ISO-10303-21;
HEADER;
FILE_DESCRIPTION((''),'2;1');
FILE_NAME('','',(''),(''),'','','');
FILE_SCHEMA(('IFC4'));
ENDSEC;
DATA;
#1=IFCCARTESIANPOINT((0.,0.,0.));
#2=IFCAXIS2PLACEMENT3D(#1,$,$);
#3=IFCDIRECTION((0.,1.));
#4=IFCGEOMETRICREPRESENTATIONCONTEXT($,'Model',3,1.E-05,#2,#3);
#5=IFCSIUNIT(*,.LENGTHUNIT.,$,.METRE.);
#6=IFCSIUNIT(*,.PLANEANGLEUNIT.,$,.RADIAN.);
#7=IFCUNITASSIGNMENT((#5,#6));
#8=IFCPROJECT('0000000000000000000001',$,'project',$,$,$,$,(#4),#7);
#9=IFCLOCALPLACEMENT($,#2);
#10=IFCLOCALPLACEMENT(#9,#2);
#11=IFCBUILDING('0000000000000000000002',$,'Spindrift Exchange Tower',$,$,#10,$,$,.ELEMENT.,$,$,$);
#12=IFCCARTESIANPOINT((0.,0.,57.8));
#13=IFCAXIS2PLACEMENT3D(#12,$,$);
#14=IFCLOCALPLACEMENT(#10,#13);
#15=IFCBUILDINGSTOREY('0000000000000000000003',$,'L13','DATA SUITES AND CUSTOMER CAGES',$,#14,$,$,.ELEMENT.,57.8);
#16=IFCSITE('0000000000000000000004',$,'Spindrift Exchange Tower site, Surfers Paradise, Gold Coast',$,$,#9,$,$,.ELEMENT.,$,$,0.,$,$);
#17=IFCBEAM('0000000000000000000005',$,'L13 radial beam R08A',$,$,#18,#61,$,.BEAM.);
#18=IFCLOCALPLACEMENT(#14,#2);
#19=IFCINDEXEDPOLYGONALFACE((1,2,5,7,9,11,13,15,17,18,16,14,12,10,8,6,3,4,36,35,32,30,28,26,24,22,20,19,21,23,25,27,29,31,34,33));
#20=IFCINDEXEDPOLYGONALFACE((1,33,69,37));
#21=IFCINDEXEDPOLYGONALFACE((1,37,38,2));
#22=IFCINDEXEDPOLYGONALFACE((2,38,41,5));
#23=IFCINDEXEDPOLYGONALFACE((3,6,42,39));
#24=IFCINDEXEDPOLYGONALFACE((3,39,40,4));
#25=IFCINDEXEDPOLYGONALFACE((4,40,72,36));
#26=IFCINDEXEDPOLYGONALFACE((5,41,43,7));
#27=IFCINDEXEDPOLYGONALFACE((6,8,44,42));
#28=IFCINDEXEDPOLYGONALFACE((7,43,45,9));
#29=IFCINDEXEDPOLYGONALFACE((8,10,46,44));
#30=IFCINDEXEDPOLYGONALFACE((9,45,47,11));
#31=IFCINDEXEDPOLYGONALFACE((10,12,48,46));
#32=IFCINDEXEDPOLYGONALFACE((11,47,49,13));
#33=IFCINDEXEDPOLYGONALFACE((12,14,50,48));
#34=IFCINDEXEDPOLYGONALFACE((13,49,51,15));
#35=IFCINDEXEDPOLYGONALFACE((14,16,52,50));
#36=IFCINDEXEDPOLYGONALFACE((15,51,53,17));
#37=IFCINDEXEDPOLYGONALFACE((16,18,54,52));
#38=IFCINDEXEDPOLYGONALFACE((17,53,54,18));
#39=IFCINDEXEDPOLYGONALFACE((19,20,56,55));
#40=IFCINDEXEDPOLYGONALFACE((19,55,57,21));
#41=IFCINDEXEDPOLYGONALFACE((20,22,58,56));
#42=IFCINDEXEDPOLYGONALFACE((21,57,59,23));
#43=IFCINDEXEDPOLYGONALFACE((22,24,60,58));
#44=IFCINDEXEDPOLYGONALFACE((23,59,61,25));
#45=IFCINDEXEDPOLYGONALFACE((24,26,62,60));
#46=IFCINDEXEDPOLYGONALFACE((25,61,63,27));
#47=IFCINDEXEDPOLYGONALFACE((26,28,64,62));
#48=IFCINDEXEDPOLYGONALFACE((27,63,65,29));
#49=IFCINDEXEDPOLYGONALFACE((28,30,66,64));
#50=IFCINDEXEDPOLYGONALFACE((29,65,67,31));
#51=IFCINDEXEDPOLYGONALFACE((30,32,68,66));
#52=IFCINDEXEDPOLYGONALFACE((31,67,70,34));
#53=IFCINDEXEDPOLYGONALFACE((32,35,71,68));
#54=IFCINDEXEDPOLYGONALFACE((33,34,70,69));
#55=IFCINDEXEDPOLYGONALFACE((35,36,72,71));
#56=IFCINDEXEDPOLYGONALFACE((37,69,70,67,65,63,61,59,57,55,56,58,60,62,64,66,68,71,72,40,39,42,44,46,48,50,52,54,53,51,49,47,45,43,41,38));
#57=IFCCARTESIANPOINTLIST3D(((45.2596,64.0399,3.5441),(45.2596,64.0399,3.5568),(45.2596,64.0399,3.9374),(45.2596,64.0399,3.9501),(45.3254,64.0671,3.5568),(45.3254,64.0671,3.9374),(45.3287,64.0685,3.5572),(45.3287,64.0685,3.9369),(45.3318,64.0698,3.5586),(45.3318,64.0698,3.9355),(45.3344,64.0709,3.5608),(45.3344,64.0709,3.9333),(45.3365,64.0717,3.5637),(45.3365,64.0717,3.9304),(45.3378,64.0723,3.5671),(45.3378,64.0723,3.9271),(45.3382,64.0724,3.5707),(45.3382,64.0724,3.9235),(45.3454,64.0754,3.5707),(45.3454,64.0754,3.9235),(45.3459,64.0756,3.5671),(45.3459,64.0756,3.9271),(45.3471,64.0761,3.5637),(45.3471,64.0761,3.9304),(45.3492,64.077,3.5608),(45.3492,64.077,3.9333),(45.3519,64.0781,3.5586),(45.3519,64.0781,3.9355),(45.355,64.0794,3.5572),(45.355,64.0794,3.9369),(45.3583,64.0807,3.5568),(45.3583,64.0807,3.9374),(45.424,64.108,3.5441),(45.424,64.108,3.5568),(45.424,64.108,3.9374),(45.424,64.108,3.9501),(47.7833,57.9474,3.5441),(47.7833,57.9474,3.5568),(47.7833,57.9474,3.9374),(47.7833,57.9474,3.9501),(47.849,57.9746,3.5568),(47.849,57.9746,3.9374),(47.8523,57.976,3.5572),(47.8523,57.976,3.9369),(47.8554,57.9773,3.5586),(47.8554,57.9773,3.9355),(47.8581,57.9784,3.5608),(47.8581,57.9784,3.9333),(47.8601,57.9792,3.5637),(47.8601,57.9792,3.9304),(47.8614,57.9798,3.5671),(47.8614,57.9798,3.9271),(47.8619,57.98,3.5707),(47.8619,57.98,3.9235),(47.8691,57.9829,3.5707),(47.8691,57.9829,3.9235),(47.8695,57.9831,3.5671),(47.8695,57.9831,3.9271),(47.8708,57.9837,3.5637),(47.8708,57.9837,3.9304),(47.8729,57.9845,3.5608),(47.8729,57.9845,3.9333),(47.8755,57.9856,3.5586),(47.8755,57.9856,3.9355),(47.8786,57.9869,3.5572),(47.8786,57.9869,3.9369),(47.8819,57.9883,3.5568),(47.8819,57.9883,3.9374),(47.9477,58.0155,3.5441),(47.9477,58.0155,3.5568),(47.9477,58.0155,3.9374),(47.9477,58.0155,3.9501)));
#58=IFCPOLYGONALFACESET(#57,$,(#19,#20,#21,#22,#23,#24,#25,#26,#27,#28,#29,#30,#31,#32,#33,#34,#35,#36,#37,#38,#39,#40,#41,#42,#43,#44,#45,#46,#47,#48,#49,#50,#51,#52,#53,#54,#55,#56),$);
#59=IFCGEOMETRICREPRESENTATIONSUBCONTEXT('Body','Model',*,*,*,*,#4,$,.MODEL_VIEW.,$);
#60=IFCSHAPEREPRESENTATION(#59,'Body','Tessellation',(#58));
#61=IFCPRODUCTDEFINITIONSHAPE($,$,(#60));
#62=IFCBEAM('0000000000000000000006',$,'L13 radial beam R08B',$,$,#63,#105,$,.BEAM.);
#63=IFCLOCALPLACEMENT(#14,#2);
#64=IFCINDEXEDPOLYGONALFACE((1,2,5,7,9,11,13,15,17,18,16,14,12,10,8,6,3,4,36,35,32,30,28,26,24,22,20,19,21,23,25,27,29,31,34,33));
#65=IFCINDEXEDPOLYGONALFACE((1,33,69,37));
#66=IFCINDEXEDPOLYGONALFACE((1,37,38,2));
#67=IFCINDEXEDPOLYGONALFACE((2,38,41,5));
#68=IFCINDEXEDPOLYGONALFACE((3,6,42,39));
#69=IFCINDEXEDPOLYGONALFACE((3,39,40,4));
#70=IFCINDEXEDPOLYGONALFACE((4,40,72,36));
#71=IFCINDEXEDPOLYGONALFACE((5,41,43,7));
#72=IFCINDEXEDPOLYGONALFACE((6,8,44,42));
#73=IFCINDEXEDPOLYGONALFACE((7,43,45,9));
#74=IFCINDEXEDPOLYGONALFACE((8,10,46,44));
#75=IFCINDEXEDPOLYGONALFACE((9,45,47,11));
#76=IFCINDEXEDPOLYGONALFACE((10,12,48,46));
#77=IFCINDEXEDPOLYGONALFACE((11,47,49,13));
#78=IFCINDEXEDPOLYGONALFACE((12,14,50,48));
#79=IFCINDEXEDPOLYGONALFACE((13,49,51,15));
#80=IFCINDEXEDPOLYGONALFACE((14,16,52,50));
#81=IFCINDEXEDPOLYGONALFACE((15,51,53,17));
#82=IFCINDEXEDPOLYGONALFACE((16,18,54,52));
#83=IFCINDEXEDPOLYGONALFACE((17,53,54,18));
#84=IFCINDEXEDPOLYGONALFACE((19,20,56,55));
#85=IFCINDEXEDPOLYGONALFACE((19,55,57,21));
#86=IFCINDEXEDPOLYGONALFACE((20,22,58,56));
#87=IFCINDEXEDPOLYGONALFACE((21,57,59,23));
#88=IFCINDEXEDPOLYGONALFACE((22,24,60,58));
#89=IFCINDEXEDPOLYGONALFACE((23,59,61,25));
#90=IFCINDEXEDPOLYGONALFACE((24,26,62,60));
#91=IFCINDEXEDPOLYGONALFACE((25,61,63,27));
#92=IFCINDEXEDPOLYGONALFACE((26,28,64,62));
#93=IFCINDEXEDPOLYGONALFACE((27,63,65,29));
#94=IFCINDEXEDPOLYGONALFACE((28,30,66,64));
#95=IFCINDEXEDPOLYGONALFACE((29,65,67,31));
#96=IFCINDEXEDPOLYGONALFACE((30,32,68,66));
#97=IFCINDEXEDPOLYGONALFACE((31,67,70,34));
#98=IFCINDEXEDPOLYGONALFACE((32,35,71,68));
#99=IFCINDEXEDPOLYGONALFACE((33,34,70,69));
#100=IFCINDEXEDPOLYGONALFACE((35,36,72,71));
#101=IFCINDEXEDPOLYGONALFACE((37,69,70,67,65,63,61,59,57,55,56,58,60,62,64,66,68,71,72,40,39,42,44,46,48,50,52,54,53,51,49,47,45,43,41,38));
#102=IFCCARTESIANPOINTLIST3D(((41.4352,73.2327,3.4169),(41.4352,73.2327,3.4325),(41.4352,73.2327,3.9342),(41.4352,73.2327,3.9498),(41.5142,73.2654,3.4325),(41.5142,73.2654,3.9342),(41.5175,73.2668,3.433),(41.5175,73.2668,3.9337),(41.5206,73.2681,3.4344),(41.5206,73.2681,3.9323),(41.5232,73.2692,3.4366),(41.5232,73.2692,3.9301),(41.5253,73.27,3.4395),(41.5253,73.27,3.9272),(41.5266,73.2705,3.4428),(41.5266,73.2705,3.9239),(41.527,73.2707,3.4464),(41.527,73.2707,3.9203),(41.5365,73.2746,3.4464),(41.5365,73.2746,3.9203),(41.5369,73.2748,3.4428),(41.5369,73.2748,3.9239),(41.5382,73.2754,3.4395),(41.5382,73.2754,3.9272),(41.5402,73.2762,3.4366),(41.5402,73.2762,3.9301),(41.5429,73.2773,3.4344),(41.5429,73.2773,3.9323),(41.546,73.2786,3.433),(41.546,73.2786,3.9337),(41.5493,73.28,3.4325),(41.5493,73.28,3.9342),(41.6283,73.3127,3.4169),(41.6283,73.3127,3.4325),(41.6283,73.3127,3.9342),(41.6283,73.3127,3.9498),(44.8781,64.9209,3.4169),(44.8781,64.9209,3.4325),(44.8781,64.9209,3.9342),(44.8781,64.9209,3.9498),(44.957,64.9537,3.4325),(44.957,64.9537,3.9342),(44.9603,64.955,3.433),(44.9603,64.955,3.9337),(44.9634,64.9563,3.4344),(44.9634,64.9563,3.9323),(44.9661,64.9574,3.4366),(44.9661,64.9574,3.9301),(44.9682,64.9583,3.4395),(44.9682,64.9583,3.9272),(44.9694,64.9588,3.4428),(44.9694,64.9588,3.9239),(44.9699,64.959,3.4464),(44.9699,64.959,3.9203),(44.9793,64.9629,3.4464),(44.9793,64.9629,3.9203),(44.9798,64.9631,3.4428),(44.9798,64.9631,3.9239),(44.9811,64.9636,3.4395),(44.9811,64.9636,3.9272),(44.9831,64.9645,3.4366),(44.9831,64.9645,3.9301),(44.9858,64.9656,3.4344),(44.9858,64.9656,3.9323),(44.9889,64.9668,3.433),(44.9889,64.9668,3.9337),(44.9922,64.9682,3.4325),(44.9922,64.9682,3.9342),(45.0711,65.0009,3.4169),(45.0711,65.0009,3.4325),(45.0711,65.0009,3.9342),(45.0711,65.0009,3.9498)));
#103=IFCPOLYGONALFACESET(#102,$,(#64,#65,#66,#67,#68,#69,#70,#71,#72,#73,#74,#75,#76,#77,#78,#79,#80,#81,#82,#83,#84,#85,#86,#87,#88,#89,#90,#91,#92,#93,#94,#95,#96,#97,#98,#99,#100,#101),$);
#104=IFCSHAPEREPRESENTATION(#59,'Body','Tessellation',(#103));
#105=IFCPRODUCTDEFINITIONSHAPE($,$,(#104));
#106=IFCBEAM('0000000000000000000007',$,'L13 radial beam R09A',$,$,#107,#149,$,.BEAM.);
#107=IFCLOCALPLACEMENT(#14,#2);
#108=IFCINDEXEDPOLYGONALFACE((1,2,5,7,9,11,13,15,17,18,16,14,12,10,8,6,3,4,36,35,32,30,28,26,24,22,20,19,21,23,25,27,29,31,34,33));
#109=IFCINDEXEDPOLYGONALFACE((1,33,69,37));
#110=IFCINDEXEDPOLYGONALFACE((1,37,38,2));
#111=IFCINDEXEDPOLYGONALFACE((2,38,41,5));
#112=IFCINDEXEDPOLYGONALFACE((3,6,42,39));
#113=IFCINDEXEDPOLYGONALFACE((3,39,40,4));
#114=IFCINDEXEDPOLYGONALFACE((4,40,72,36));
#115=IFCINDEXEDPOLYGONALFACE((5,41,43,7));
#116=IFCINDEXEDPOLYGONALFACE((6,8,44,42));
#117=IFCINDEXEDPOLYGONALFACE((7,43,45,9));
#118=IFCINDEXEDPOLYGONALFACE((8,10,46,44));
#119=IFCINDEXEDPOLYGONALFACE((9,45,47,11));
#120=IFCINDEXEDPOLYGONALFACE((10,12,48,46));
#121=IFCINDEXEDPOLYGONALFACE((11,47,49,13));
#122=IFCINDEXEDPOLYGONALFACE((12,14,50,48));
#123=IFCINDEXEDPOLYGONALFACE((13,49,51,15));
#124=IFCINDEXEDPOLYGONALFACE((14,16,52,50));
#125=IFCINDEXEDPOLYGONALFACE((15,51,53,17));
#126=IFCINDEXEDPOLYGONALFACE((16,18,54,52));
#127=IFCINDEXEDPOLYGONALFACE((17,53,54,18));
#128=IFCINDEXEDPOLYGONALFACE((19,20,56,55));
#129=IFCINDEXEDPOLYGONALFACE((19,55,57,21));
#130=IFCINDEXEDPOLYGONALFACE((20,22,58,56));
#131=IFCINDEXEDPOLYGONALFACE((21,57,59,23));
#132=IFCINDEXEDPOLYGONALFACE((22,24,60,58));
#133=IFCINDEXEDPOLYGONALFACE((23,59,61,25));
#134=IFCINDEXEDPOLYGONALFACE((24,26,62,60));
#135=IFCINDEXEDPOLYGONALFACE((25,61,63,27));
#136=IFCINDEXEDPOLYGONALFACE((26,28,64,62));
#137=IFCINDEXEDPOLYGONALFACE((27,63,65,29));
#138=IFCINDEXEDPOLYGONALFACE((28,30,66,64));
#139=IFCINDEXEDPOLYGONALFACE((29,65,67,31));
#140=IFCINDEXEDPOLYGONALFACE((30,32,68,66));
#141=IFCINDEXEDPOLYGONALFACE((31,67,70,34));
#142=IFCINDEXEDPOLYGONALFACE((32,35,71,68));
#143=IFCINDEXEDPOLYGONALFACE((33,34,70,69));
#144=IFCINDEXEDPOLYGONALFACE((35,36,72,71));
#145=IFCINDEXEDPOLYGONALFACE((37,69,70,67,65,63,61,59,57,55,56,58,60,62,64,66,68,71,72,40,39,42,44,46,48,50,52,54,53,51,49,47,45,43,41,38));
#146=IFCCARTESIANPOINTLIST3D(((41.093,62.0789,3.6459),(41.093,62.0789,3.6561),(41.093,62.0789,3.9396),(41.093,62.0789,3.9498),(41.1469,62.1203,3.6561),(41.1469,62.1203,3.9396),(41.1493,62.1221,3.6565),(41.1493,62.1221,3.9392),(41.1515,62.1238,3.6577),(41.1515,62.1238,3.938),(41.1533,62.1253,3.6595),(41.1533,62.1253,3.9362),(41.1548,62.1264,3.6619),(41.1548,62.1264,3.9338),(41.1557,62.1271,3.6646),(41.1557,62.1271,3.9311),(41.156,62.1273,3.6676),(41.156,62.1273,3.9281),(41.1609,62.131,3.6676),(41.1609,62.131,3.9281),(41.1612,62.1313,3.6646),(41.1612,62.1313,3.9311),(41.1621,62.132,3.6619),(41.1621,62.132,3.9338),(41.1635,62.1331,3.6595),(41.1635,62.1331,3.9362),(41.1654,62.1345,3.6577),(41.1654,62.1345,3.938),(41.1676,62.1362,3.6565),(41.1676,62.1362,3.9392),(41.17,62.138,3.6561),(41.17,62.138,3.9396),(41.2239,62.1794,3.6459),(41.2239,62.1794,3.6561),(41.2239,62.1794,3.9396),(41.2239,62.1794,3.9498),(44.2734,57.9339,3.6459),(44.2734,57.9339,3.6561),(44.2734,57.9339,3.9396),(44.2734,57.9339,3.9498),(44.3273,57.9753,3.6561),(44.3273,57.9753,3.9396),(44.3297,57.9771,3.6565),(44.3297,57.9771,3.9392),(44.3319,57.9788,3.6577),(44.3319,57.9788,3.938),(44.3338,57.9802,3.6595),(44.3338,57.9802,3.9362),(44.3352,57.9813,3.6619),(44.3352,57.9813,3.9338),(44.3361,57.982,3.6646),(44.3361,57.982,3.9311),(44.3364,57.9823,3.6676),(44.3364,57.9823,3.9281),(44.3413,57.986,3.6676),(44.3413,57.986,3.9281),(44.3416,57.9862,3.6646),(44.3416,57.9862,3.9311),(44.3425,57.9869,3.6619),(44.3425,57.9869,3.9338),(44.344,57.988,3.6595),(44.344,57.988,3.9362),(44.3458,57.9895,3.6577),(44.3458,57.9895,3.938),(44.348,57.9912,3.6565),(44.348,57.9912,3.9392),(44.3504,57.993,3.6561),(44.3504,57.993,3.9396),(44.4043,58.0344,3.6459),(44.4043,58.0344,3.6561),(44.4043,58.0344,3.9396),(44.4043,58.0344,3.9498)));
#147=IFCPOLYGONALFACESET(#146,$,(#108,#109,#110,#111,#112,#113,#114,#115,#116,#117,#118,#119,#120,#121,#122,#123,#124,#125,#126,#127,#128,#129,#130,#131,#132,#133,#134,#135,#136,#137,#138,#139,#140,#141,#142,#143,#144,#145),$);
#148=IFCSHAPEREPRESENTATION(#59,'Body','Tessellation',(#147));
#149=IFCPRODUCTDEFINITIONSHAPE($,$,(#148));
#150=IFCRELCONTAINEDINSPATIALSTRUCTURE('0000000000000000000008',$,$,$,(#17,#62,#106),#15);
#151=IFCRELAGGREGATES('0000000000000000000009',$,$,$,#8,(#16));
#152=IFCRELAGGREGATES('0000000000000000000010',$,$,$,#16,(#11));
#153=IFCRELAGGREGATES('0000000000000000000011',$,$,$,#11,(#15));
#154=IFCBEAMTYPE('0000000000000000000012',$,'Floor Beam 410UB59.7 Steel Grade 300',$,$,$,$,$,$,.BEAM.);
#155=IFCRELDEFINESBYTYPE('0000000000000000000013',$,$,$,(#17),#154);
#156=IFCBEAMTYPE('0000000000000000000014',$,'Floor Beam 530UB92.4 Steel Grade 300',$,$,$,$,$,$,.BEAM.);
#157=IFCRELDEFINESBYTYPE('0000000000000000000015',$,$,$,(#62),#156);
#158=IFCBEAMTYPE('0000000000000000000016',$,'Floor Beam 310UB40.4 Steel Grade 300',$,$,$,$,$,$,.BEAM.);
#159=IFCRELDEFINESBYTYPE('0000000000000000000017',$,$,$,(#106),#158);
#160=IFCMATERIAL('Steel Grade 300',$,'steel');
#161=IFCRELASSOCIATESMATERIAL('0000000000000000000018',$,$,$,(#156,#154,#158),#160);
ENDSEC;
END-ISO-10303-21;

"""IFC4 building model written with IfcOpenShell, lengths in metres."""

from ifc_helpers import new_model, si_unit, direction, frame, origin, origin_2d, place, context, subcontext, project, spatial, i_section, extrude, source, transform, mapped, material, material_profile, profile_set, type_object, element, save


model = new_model("IFC4")

# Units and contexts
model_context = context("Model", 3, precision=1e-05, world=origin(), true_north=direction((0.0, 1.0)))
body_context = subcontext(model_context, "Body", "Model", "MODEL_VIEW")
ifc_project = project(units=[si_unit("LENGTHUNIT", "METRE"), si_unit("PLANEANGLEUNIT", "RADIAN")], contexts=[model_context])

# Site, building, storey
site_placement = place(None, origin())
site = spatial("IfcSite", under=ifc_project, at=site_placement, Name="Spindrift Exchange Tower site, Surfers Paradise, Gold Coast", CompositionType="ELEMENT", RefElevation=0.0)
building_placement = place(site_placement, origin())
building = spatial("IfcBuilding", under=site, at=building_placement, Name="Spindrift Exchange Tower", CompositionType="ELEMENT")
storey_placement = place(building_placement, frame((0.0, 0.0, 57.8)))
storey = spatial("IfcBuildingStorey", under=building, at=storey_placement, Name="L13", Description="DATA SUITES AND CUSTOMER CAGES", CompositionType="ELEMENT", Elevation=57.8)

# Beams
ifc_material_1 = material(Name="Steel Grade 300", Category="steel")
ifc_material_profile_1 = material_profile(ifc_material_1, i_section(OverallWidth=0.209, OverallDepth=0.533, WebThickness=0.0103, FlangeThickness=0.0156, FilletRadius=0.0139, at=origin_2d()), Name="530UB92.4")
ifc_profile_set_1 = profile_set([ifc_material_profile_1], Name="Steel Grade 300")
beam_type_1 = type_object("IfcBeamType", Name="Floor Beam 530UB92.4 Steel Grade 300", PredefinedType="BEAM", material=ifc_profile_set_1)
ifc_material_profile_2 = material_profile(ifc_material_1, i_section(OverallWidth=0.178, OverallDepth=0.406, WebThickness=0.0078, FlangeThickness=0.0127, FilletRadius=0.0139, at=origin_2d()), Name="410UB59.7")
ifc_profile_set_2 = profile_set([ifc_material_profile_2], Name="Steel Grade 300")
beam_type_2 = type_object("IfcBeamType", Name="Floor Beam 410UB59.7 Steel Grade 300", PredefinedType="BEAM", material=ifc_profile_set_2)
shared_shape_1 = source(origin(), body_context, "Body", "SweptSolid", [
    extrude(i_section(OverallWidth=0.178, OverallDepth=0.406, WebThickness=0.0078, FlangeThickness=0.0127, FilletRadius=0.0139, at=origin_2d()), origin(), (0.0, 0.0, 1.0), 6.5945),
])
beam_1_placement = place(storey_placement, frame((47.8655, 57.9814, 3.7471), z_axis=(-0.382693, 0.923876, 0.0), x_axis=(-0.923876, -0.382693, 0.0)))
element("IfcBeam", 1, at=beam_1_placement, inside=storey, type_object=beam_type_2, Name="L13 radial beam R08A", PredefinedType="BEAM", context=body_context, shape_type="MappedRepresentation", body=[
    mapped(shared_shape_1, transform((0.0, 0.0, 0.0), scale=1.0)),
])
shared_shape_2 = source(origin(), body_context, "Body", "SweptSolid", [
    extrude(i_section(OverallWidth=0.209, OverallDepth=0.533, WebThickness=0.0103, FlangeThickness=0.0156, FilletRadius=0.0139, at=origin_2d()), origin(), (0.0, 0.0, 1.0), 8.9966),
])
beam_2_placement = place(storey_placement, frame((44.9746, 64.9609, 3.6833), z_axis=(-0.382686, 0.923879, 0.0), x_axis=(-0.923879, -0.382686, 0.0)))
element("IfcBeam", 2, at=beam_2_placement, inside=storey, type_object=beam_type_1, Name="L13 radial beam R08B", PredefinedType="BEAM", context=body_context, shape_type="MappedRepresentation", body=[
    mapped(shared_shape_2, transform((0.0, 0.0, 0.0), scale=1.0)),
])
ifc_material_profile_3 = material_profile(ifc_material_1, i_section(OverallWidth=0.165, OverallDepth=0.304, WebThickness=0.0061, FlangeThickness=0.0103, FilletRadius=0.0115, at=origin_2d()), Name="310UB40.4")
ifc_profile_set_3 = profile_set([ifc_material_profile_3], Name="Steel Grade 300")
beam_type_3 = type_object("IfcBeamType", Name="Floor Beam 310UB40.4 Steel Grade 300", PredefinedType="BEAM", material=ifc_profile_set_3)
shared_shape_3 = source(origin(), body_context, "Body", "SweptSolid", [
    extrude(i_section(OverallWidth=0.165, OverallDepth=0.304, WebThickness=0.0061, FlangeThickness=0.0103, FilletRadius=0.0115, at=origin_2d()), origin(), (0.0, 0.0, 1.0), 5.2246),
])
beam_3_placement = place(storey_placement, frame((44.3389, 57.9841, 3.7979), z_axis=(-0.608741, 0.793369, 0.0), x_axis=(-0.793369, -0.608741, 0.0)))
element("IfcBeam", 3, at=beam_3_placement, inside=storey, type_object=beam_type_3, Name="L13 radial beam R09A", PredefinedType="BEAM", context=body_context, shape_type="MappedRepresentation", body=[
    mapped(shared_shape_3, transform((0.0, 0.0, 0.0), scale=1.0)),
])

save(model, "model.ifc")
